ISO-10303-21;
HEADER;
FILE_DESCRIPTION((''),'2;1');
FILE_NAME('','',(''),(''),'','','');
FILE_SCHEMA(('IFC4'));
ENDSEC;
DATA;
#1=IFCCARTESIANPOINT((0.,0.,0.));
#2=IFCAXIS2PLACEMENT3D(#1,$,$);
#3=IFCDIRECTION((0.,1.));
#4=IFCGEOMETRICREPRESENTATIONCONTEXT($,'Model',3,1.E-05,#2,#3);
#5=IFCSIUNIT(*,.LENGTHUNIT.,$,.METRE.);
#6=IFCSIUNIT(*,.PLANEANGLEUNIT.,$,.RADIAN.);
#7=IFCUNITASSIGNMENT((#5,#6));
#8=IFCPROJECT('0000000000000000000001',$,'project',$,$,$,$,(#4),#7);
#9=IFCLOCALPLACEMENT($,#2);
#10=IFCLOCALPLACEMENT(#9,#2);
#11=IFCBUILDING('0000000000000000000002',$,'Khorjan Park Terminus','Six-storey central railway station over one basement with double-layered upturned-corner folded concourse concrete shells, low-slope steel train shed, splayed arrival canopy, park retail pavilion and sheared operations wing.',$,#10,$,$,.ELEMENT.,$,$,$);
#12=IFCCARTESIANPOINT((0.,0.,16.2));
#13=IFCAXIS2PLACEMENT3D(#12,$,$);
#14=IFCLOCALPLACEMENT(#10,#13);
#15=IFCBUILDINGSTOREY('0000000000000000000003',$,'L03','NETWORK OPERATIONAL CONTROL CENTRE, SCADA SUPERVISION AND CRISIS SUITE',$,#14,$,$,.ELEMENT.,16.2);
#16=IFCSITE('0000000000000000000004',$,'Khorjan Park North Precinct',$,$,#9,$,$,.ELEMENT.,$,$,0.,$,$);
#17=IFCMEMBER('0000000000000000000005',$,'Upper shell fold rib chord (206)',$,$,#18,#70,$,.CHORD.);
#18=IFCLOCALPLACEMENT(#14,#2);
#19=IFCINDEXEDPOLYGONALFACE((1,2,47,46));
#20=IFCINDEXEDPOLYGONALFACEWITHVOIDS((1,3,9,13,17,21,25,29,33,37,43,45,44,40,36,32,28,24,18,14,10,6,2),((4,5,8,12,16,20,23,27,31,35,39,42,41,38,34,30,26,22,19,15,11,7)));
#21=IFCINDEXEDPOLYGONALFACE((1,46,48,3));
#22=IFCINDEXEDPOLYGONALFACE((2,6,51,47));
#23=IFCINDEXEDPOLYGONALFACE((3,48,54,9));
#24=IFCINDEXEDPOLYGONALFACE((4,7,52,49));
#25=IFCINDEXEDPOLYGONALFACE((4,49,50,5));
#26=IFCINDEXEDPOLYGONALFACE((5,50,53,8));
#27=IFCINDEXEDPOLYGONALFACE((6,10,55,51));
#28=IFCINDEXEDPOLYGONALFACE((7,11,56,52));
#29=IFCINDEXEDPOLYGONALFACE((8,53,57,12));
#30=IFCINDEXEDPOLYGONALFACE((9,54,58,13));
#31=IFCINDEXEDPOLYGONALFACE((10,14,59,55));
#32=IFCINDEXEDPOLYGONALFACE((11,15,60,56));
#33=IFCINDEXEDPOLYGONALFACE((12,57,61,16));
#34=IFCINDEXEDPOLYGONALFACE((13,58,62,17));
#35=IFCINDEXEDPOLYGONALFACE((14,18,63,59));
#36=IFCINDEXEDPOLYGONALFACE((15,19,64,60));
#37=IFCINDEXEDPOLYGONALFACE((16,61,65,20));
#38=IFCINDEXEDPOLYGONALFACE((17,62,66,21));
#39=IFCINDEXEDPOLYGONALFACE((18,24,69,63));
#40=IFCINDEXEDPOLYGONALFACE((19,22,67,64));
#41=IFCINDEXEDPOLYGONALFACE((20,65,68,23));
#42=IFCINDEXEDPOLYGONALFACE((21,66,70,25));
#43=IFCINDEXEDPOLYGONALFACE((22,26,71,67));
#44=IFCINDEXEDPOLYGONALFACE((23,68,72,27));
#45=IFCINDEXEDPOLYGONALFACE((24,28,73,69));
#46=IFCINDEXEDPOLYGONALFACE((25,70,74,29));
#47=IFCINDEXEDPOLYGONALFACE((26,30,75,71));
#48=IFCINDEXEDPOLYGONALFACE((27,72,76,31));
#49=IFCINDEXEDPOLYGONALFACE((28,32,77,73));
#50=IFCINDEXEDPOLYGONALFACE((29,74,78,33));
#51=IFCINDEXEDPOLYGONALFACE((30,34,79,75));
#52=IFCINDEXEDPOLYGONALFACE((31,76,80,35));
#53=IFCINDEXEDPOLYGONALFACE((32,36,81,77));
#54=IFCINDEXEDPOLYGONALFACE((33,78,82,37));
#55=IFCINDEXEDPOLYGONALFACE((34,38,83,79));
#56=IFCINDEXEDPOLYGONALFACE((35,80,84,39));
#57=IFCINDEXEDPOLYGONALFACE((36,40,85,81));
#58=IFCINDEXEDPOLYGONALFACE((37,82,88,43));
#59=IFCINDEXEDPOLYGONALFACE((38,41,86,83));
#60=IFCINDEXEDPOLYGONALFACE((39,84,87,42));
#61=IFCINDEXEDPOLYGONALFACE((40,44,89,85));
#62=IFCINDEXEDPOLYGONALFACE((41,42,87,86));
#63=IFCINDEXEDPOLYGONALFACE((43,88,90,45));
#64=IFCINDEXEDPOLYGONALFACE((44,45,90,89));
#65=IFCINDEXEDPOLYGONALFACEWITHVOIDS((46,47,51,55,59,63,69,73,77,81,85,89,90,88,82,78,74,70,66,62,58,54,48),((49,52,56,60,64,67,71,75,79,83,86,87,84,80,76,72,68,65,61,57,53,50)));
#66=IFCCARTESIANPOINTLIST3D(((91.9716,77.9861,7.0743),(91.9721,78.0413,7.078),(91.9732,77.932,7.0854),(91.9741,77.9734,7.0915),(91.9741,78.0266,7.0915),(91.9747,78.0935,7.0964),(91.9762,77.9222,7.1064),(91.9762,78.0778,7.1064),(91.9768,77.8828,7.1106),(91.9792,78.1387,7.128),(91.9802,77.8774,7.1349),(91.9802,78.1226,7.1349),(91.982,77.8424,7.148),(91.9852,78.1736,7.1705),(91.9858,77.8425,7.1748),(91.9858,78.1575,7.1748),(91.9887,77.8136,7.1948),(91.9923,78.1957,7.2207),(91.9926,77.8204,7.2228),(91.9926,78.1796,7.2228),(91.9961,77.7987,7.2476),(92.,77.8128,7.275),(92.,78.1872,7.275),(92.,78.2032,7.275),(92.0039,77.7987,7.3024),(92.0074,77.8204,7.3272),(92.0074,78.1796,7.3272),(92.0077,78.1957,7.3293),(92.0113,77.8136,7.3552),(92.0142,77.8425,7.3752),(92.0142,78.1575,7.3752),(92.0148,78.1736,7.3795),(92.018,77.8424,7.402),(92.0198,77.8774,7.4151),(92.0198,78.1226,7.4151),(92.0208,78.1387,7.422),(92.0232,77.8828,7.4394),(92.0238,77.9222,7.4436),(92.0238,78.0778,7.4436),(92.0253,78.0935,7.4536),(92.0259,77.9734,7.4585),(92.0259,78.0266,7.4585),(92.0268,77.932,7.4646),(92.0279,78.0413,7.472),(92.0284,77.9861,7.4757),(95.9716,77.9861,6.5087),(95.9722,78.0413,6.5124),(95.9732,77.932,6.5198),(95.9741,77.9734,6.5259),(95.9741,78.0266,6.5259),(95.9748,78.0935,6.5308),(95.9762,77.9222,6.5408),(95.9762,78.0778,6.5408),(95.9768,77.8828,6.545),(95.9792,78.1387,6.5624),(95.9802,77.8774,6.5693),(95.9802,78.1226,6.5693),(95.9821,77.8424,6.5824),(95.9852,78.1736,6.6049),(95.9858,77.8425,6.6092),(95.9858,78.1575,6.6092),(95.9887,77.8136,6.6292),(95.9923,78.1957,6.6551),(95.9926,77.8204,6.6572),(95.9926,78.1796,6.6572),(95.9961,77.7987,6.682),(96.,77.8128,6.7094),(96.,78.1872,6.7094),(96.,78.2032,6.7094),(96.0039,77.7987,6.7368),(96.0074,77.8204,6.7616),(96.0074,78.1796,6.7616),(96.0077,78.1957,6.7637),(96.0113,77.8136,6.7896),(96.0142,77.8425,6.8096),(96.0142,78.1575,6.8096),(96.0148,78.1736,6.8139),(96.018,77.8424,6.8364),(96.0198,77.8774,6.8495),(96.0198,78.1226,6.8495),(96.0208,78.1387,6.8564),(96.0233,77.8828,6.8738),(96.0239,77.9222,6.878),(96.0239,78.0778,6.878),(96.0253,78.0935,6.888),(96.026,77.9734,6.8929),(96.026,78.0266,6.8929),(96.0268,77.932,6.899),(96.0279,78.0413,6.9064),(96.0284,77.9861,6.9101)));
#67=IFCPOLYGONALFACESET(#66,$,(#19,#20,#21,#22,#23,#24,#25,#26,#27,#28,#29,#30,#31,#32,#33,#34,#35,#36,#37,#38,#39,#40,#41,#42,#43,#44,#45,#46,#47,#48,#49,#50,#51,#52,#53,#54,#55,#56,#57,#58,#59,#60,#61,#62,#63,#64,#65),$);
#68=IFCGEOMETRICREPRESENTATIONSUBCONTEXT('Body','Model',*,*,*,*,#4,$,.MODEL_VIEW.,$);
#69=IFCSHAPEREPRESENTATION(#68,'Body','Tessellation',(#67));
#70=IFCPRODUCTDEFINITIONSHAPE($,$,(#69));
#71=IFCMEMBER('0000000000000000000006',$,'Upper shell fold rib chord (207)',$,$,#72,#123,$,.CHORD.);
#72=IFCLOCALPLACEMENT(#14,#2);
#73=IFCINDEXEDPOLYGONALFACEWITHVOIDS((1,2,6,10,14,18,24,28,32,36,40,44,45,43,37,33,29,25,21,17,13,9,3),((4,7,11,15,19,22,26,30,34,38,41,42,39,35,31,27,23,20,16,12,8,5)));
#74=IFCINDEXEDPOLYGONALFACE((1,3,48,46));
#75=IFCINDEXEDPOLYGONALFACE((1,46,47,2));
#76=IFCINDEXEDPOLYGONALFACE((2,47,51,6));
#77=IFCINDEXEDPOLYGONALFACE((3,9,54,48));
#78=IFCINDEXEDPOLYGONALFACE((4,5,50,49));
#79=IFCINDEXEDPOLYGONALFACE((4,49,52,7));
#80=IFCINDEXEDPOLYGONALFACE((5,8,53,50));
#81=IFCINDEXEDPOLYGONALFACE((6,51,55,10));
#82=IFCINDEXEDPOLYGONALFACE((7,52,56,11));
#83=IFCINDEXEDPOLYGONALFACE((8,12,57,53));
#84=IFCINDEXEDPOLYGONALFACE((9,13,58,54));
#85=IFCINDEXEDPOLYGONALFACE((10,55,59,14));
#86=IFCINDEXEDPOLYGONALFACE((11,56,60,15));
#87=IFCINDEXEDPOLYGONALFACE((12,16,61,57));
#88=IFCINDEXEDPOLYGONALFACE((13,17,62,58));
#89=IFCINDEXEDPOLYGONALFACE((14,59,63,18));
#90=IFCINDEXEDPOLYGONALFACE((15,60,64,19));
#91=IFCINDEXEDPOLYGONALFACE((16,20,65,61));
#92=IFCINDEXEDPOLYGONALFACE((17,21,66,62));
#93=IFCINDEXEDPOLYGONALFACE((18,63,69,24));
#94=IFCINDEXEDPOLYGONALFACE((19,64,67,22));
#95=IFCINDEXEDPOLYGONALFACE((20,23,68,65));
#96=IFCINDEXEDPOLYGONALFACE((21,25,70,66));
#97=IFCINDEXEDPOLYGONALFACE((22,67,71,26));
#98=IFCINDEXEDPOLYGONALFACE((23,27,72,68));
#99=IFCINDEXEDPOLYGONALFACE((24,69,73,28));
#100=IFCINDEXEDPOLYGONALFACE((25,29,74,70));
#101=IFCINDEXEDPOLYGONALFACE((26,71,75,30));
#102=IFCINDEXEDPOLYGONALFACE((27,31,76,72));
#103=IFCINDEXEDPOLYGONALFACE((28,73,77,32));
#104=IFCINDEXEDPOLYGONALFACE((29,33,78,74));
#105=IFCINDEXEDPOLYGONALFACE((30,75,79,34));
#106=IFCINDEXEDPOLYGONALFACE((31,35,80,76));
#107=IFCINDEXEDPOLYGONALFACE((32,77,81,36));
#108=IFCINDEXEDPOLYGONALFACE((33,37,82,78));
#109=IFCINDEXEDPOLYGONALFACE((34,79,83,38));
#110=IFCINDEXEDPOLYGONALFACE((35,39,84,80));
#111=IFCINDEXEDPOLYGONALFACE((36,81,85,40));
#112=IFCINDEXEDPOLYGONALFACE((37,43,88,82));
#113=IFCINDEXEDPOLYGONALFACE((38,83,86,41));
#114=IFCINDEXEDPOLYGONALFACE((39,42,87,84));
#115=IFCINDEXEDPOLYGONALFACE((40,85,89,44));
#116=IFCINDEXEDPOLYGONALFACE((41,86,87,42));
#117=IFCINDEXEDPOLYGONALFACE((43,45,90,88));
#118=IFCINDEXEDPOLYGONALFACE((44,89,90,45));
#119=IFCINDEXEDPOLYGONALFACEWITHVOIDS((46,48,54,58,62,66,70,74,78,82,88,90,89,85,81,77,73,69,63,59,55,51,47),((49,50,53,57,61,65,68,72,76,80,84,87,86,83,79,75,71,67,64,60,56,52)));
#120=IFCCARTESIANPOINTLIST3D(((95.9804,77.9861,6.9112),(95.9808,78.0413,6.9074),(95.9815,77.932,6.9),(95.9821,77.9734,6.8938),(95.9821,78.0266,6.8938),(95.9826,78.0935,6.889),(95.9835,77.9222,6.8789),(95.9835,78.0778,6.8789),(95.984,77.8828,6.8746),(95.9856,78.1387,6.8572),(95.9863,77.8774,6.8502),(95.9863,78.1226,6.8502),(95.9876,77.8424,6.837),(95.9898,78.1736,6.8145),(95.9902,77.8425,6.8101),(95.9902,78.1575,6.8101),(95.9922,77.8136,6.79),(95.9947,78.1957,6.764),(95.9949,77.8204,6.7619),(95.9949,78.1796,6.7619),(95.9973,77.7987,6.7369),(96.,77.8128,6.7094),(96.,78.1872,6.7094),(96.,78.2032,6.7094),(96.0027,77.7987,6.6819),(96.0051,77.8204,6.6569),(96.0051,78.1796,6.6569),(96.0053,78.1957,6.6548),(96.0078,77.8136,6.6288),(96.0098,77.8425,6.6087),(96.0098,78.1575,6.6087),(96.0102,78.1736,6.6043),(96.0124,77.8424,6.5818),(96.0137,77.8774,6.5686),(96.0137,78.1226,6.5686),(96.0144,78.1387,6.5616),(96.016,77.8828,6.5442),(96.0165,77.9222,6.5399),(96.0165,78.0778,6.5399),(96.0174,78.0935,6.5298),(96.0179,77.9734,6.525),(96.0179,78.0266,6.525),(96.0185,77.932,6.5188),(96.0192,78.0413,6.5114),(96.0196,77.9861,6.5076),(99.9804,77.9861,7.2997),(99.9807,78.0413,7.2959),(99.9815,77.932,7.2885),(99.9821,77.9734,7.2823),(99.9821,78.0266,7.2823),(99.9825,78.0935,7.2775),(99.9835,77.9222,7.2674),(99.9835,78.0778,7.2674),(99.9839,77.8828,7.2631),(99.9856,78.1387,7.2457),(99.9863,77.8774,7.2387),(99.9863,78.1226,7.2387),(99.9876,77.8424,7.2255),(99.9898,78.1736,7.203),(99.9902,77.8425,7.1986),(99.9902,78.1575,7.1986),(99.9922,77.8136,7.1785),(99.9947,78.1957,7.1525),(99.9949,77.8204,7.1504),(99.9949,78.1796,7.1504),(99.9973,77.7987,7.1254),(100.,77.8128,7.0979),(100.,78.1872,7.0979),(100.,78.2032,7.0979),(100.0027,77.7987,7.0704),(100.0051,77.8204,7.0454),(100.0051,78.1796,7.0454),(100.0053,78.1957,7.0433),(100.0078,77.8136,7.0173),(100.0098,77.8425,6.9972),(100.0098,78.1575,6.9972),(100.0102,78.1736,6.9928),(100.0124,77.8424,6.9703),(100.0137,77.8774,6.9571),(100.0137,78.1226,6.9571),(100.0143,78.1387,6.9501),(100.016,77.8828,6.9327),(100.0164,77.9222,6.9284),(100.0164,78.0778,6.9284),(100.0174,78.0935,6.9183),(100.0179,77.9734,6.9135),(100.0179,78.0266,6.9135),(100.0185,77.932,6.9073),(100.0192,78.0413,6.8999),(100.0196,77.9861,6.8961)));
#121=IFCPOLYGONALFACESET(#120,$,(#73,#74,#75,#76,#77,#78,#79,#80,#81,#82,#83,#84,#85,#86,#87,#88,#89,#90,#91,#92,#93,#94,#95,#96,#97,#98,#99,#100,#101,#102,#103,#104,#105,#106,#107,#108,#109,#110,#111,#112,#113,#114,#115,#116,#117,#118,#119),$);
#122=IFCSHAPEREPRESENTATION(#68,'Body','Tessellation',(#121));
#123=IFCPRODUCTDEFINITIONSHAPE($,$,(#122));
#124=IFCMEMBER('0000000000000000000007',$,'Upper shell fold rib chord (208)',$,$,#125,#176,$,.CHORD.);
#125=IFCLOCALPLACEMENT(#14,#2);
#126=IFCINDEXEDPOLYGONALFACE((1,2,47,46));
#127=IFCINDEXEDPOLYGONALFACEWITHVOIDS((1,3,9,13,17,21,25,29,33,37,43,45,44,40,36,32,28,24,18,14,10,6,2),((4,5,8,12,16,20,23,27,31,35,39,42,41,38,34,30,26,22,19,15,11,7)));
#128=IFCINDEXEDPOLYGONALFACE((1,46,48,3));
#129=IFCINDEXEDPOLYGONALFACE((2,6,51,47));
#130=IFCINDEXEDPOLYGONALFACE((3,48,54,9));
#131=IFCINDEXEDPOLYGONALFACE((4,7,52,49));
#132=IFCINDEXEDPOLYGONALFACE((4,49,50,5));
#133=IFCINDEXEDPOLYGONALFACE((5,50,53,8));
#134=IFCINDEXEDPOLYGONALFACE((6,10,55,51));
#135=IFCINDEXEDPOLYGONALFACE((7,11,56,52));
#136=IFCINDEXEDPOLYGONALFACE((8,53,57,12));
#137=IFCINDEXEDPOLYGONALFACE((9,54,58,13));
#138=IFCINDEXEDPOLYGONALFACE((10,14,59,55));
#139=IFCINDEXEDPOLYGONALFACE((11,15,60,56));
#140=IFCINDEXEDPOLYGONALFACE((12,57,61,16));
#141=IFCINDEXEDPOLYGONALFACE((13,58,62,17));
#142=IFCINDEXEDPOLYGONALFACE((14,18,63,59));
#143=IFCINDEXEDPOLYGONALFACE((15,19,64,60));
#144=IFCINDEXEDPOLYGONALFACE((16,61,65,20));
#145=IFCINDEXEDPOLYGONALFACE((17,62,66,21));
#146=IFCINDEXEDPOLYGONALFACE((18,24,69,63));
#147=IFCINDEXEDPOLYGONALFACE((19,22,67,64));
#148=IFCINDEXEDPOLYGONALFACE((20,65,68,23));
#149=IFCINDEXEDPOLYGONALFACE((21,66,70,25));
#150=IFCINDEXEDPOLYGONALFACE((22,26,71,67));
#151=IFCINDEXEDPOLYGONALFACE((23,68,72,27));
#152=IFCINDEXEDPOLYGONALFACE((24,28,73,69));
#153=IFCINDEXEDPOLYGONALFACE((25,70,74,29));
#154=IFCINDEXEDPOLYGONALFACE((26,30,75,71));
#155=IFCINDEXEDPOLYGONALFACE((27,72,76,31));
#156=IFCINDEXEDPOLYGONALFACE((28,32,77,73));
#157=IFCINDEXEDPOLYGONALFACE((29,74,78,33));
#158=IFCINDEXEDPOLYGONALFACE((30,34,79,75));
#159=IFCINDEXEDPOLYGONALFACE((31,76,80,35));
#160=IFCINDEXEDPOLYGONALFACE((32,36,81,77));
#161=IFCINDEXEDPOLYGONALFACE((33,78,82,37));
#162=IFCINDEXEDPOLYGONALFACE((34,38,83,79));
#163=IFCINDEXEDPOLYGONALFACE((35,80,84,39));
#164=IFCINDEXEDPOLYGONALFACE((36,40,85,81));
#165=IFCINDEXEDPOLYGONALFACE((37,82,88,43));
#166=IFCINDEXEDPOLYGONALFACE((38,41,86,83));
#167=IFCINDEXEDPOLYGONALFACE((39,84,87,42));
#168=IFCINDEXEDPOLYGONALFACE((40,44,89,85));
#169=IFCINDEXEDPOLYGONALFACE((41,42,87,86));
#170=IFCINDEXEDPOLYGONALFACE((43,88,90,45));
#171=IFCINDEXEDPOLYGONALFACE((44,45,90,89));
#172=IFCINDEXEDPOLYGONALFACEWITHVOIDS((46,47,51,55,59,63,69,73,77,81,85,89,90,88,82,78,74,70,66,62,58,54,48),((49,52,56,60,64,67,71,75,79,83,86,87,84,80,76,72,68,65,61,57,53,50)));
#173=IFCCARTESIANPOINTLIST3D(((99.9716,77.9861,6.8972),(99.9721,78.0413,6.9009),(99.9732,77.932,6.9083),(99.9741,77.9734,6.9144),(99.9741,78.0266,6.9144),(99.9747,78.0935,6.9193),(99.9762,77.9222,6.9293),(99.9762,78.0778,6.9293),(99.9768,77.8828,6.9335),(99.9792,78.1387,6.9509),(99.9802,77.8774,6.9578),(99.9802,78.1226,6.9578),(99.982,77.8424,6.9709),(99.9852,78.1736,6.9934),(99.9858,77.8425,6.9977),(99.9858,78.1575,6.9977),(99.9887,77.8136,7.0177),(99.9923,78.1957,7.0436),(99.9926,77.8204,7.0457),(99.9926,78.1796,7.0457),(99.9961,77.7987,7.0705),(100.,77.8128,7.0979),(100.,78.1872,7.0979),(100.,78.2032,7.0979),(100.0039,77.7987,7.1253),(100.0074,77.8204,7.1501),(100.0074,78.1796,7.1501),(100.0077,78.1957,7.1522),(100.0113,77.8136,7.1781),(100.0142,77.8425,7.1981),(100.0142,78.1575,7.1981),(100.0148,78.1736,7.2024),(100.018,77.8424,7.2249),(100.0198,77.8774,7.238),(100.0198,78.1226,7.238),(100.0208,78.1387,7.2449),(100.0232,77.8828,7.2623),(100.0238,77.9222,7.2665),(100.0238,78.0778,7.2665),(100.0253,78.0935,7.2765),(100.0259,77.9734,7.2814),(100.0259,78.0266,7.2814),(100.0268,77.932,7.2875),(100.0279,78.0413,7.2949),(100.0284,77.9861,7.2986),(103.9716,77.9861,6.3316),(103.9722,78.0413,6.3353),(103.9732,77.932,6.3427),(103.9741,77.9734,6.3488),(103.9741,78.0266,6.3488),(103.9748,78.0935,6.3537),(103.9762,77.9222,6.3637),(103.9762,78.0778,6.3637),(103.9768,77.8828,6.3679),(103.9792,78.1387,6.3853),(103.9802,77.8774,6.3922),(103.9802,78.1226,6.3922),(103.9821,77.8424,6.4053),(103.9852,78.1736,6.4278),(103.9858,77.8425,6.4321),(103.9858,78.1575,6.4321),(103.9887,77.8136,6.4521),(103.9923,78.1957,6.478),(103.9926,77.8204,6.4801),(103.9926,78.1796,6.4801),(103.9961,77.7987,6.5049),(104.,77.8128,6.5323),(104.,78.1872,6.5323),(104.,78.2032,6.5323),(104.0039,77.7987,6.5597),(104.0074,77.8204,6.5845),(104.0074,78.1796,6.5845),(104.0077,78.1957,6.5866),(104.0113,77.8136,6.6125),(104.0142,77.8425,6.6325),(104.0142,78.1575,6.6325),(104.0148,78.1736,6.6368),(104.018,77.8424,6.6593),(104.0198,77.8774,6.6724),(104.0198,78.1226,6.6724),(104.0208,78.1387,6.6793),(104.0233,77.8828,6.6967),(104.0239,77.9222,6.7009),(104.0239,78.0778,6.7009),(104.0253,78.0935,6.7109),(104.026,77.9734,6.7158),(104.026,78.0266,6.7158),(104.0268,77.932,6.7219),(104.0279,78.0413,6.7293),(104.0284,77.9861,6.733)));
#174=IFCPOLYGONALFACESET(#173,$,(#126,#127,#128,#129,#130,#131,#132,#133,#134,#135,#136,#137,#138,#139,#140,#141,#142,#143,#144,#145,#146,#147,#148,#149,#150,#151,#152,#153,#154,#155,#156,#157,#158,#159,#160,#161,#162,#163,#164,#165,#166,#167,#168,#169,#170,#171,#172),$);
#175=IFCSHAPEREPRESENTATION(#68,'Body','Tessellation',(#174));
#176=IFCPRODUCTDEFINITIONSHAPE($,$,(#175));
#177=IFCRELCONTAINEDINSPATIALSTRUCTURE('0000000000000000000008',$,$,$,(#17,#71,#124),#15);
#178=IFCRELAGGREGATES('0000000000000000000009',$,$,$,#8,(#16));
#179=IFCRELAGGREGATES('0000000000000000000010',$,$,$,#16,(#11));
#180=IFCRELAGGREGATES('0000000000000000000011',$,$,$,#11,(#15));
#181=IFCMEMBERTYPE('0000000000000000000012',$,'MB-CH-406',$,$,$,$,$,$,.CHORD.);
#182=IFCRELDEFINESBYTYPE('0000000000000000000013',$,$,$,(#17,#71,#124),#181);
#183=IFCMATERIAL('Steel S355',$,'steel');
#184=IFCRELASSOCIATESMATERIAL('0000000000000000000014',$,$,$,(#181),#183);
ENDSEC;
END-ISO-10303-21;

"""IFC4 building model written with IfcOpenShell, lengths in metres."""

from ifc_helpers import new_model, si_unit, direction, frame, origin, origin_2d, place, context, subcontext, project, spatial, hollow_circle, extrude, material, material_profile, profile_set, type_object, element, save


model = new_model("IFC4")

# Units and contexts
model_context = context("Model", 3, precision=1e-05, world=origin(), true_north=direction((0.0, 1.0)))
body_context = subcontext(model_context, "Body", "Model", "MODEL_VIEW")
ifc_project = project(units=[si_unit("LENGTHUNIT", "METRE"), si_unit("PLANEANGLEUNIT", "RADIAN")], contexts=[model_context])

# Site, building, storey
site_placement = place(None, origin())
site = spatial("IfcSite", under=ifc_project, at=site_placement, Name="Khorjan Park North Precinct", CompositionType="ELEMENT", RefElevation=0.0)
building_placement = place(site_placement, origin())
building = spatial("IfcBuilding", under=site, at=building_placement, Name="Khorjan Park Terminus", Description="Six-storey central railway station over one basement with double-layered upturned-corner folded concourse concrete shells, low-slope steel train shed, splayed arrival canopy, park retail pavilion and sheared operations wing.", CompositionType="ELEMENT")
storey_placement = place(building_placement, frame((0.0, 0.0, 16.2)))
storey = spatial("IfcBuildingStorey", under=building, at=storey_placement, Name="L03", Description="NETWORK OPERATIONAL CONTROL CENTRE, SCADA SUPERVISION AND CRISIS SUITE", CompositionType="ELEMENT", Elevation=16.2)

# Members
ifc_material = material(Name="Steel S355", Category="steel")
ifc_material_profile_1 = material_profile(ifc_material, hollow_circle(Radius=0.2032, WallThickness=0.016, at=origin_2d()), Name="CHS 406.4x16")
ifc_profile_set_1 = profile_set([ifc_material_profile_1], Name="Steel S355")
member_type_1 = type_object("IfcMemberType", Name="MB-CH-406", PredefinedType="CHORD", material=ifc_profile_set_1)
for number, where, z_axis, x_axis, name in (
    (1, (92.0, 78.0, 7.275), (0.99015, 0.0, -0.140007), (0.0, 1.0, 0.0), "Upper shell fold rib chord (206)"),
):
    element("IfcMember", number, at=place(storey_placement, frame(where, z_axis=z_axis, x_axis=x_axis)), inside=storey, type_object=member_type_1, Name=name, PredefinedType="CHORD", context=body_context, shape_type="SweptSolid", body=[
        extrude(hollow_circle(Radius=0.2032, WallThickness=0.016, at=origin_2d()), origin(), (0.0, 0.0, 1.0), 4.0398),
    ])
member_1_placement = place(storey_placement, frame((96.0, 78.0, 6.7094), z_axis=(0.995316, 0.0, 0.09667), x_axis=(0.0, 1.0, 0.0)))
element("IfcMember", 2, at=member_1_placement, inside=storey, type_object=member_type_1, Name="Upper shell fold rib chord (207)", PredefinedType="CHORD", context=body_context, shape_type="SweptSolid", body=[
    extrude(hollow_circle(Radius=0.2032, WallThickness=0.016, at=origin_2d()), origin(), (0.0, 0.0, 1.0), 4.0188),
])
member_2_placement = place(storey_placement, frame((100.0, 78.0, 7.0979), z_axis=(0.99015, 0.0, -0.140007), x_axis=(0.0, 1.0, 0.0)))
element("IfcMember", 3, at=member_2_placement, inside=storey, type_object=member_type_1, Name="Upper shell fold rib chord (208)", PredefinedType="CHORD", context=body_context, shape_type="SweptSolid", body=[
    extrude(hollow_circle(Radius=0.2032, WallThickness=0.016, at=origin_2d()), origin(), (0.0, 0.0, 1.0), 4.0398),
])

save(model, "model.ifc")
